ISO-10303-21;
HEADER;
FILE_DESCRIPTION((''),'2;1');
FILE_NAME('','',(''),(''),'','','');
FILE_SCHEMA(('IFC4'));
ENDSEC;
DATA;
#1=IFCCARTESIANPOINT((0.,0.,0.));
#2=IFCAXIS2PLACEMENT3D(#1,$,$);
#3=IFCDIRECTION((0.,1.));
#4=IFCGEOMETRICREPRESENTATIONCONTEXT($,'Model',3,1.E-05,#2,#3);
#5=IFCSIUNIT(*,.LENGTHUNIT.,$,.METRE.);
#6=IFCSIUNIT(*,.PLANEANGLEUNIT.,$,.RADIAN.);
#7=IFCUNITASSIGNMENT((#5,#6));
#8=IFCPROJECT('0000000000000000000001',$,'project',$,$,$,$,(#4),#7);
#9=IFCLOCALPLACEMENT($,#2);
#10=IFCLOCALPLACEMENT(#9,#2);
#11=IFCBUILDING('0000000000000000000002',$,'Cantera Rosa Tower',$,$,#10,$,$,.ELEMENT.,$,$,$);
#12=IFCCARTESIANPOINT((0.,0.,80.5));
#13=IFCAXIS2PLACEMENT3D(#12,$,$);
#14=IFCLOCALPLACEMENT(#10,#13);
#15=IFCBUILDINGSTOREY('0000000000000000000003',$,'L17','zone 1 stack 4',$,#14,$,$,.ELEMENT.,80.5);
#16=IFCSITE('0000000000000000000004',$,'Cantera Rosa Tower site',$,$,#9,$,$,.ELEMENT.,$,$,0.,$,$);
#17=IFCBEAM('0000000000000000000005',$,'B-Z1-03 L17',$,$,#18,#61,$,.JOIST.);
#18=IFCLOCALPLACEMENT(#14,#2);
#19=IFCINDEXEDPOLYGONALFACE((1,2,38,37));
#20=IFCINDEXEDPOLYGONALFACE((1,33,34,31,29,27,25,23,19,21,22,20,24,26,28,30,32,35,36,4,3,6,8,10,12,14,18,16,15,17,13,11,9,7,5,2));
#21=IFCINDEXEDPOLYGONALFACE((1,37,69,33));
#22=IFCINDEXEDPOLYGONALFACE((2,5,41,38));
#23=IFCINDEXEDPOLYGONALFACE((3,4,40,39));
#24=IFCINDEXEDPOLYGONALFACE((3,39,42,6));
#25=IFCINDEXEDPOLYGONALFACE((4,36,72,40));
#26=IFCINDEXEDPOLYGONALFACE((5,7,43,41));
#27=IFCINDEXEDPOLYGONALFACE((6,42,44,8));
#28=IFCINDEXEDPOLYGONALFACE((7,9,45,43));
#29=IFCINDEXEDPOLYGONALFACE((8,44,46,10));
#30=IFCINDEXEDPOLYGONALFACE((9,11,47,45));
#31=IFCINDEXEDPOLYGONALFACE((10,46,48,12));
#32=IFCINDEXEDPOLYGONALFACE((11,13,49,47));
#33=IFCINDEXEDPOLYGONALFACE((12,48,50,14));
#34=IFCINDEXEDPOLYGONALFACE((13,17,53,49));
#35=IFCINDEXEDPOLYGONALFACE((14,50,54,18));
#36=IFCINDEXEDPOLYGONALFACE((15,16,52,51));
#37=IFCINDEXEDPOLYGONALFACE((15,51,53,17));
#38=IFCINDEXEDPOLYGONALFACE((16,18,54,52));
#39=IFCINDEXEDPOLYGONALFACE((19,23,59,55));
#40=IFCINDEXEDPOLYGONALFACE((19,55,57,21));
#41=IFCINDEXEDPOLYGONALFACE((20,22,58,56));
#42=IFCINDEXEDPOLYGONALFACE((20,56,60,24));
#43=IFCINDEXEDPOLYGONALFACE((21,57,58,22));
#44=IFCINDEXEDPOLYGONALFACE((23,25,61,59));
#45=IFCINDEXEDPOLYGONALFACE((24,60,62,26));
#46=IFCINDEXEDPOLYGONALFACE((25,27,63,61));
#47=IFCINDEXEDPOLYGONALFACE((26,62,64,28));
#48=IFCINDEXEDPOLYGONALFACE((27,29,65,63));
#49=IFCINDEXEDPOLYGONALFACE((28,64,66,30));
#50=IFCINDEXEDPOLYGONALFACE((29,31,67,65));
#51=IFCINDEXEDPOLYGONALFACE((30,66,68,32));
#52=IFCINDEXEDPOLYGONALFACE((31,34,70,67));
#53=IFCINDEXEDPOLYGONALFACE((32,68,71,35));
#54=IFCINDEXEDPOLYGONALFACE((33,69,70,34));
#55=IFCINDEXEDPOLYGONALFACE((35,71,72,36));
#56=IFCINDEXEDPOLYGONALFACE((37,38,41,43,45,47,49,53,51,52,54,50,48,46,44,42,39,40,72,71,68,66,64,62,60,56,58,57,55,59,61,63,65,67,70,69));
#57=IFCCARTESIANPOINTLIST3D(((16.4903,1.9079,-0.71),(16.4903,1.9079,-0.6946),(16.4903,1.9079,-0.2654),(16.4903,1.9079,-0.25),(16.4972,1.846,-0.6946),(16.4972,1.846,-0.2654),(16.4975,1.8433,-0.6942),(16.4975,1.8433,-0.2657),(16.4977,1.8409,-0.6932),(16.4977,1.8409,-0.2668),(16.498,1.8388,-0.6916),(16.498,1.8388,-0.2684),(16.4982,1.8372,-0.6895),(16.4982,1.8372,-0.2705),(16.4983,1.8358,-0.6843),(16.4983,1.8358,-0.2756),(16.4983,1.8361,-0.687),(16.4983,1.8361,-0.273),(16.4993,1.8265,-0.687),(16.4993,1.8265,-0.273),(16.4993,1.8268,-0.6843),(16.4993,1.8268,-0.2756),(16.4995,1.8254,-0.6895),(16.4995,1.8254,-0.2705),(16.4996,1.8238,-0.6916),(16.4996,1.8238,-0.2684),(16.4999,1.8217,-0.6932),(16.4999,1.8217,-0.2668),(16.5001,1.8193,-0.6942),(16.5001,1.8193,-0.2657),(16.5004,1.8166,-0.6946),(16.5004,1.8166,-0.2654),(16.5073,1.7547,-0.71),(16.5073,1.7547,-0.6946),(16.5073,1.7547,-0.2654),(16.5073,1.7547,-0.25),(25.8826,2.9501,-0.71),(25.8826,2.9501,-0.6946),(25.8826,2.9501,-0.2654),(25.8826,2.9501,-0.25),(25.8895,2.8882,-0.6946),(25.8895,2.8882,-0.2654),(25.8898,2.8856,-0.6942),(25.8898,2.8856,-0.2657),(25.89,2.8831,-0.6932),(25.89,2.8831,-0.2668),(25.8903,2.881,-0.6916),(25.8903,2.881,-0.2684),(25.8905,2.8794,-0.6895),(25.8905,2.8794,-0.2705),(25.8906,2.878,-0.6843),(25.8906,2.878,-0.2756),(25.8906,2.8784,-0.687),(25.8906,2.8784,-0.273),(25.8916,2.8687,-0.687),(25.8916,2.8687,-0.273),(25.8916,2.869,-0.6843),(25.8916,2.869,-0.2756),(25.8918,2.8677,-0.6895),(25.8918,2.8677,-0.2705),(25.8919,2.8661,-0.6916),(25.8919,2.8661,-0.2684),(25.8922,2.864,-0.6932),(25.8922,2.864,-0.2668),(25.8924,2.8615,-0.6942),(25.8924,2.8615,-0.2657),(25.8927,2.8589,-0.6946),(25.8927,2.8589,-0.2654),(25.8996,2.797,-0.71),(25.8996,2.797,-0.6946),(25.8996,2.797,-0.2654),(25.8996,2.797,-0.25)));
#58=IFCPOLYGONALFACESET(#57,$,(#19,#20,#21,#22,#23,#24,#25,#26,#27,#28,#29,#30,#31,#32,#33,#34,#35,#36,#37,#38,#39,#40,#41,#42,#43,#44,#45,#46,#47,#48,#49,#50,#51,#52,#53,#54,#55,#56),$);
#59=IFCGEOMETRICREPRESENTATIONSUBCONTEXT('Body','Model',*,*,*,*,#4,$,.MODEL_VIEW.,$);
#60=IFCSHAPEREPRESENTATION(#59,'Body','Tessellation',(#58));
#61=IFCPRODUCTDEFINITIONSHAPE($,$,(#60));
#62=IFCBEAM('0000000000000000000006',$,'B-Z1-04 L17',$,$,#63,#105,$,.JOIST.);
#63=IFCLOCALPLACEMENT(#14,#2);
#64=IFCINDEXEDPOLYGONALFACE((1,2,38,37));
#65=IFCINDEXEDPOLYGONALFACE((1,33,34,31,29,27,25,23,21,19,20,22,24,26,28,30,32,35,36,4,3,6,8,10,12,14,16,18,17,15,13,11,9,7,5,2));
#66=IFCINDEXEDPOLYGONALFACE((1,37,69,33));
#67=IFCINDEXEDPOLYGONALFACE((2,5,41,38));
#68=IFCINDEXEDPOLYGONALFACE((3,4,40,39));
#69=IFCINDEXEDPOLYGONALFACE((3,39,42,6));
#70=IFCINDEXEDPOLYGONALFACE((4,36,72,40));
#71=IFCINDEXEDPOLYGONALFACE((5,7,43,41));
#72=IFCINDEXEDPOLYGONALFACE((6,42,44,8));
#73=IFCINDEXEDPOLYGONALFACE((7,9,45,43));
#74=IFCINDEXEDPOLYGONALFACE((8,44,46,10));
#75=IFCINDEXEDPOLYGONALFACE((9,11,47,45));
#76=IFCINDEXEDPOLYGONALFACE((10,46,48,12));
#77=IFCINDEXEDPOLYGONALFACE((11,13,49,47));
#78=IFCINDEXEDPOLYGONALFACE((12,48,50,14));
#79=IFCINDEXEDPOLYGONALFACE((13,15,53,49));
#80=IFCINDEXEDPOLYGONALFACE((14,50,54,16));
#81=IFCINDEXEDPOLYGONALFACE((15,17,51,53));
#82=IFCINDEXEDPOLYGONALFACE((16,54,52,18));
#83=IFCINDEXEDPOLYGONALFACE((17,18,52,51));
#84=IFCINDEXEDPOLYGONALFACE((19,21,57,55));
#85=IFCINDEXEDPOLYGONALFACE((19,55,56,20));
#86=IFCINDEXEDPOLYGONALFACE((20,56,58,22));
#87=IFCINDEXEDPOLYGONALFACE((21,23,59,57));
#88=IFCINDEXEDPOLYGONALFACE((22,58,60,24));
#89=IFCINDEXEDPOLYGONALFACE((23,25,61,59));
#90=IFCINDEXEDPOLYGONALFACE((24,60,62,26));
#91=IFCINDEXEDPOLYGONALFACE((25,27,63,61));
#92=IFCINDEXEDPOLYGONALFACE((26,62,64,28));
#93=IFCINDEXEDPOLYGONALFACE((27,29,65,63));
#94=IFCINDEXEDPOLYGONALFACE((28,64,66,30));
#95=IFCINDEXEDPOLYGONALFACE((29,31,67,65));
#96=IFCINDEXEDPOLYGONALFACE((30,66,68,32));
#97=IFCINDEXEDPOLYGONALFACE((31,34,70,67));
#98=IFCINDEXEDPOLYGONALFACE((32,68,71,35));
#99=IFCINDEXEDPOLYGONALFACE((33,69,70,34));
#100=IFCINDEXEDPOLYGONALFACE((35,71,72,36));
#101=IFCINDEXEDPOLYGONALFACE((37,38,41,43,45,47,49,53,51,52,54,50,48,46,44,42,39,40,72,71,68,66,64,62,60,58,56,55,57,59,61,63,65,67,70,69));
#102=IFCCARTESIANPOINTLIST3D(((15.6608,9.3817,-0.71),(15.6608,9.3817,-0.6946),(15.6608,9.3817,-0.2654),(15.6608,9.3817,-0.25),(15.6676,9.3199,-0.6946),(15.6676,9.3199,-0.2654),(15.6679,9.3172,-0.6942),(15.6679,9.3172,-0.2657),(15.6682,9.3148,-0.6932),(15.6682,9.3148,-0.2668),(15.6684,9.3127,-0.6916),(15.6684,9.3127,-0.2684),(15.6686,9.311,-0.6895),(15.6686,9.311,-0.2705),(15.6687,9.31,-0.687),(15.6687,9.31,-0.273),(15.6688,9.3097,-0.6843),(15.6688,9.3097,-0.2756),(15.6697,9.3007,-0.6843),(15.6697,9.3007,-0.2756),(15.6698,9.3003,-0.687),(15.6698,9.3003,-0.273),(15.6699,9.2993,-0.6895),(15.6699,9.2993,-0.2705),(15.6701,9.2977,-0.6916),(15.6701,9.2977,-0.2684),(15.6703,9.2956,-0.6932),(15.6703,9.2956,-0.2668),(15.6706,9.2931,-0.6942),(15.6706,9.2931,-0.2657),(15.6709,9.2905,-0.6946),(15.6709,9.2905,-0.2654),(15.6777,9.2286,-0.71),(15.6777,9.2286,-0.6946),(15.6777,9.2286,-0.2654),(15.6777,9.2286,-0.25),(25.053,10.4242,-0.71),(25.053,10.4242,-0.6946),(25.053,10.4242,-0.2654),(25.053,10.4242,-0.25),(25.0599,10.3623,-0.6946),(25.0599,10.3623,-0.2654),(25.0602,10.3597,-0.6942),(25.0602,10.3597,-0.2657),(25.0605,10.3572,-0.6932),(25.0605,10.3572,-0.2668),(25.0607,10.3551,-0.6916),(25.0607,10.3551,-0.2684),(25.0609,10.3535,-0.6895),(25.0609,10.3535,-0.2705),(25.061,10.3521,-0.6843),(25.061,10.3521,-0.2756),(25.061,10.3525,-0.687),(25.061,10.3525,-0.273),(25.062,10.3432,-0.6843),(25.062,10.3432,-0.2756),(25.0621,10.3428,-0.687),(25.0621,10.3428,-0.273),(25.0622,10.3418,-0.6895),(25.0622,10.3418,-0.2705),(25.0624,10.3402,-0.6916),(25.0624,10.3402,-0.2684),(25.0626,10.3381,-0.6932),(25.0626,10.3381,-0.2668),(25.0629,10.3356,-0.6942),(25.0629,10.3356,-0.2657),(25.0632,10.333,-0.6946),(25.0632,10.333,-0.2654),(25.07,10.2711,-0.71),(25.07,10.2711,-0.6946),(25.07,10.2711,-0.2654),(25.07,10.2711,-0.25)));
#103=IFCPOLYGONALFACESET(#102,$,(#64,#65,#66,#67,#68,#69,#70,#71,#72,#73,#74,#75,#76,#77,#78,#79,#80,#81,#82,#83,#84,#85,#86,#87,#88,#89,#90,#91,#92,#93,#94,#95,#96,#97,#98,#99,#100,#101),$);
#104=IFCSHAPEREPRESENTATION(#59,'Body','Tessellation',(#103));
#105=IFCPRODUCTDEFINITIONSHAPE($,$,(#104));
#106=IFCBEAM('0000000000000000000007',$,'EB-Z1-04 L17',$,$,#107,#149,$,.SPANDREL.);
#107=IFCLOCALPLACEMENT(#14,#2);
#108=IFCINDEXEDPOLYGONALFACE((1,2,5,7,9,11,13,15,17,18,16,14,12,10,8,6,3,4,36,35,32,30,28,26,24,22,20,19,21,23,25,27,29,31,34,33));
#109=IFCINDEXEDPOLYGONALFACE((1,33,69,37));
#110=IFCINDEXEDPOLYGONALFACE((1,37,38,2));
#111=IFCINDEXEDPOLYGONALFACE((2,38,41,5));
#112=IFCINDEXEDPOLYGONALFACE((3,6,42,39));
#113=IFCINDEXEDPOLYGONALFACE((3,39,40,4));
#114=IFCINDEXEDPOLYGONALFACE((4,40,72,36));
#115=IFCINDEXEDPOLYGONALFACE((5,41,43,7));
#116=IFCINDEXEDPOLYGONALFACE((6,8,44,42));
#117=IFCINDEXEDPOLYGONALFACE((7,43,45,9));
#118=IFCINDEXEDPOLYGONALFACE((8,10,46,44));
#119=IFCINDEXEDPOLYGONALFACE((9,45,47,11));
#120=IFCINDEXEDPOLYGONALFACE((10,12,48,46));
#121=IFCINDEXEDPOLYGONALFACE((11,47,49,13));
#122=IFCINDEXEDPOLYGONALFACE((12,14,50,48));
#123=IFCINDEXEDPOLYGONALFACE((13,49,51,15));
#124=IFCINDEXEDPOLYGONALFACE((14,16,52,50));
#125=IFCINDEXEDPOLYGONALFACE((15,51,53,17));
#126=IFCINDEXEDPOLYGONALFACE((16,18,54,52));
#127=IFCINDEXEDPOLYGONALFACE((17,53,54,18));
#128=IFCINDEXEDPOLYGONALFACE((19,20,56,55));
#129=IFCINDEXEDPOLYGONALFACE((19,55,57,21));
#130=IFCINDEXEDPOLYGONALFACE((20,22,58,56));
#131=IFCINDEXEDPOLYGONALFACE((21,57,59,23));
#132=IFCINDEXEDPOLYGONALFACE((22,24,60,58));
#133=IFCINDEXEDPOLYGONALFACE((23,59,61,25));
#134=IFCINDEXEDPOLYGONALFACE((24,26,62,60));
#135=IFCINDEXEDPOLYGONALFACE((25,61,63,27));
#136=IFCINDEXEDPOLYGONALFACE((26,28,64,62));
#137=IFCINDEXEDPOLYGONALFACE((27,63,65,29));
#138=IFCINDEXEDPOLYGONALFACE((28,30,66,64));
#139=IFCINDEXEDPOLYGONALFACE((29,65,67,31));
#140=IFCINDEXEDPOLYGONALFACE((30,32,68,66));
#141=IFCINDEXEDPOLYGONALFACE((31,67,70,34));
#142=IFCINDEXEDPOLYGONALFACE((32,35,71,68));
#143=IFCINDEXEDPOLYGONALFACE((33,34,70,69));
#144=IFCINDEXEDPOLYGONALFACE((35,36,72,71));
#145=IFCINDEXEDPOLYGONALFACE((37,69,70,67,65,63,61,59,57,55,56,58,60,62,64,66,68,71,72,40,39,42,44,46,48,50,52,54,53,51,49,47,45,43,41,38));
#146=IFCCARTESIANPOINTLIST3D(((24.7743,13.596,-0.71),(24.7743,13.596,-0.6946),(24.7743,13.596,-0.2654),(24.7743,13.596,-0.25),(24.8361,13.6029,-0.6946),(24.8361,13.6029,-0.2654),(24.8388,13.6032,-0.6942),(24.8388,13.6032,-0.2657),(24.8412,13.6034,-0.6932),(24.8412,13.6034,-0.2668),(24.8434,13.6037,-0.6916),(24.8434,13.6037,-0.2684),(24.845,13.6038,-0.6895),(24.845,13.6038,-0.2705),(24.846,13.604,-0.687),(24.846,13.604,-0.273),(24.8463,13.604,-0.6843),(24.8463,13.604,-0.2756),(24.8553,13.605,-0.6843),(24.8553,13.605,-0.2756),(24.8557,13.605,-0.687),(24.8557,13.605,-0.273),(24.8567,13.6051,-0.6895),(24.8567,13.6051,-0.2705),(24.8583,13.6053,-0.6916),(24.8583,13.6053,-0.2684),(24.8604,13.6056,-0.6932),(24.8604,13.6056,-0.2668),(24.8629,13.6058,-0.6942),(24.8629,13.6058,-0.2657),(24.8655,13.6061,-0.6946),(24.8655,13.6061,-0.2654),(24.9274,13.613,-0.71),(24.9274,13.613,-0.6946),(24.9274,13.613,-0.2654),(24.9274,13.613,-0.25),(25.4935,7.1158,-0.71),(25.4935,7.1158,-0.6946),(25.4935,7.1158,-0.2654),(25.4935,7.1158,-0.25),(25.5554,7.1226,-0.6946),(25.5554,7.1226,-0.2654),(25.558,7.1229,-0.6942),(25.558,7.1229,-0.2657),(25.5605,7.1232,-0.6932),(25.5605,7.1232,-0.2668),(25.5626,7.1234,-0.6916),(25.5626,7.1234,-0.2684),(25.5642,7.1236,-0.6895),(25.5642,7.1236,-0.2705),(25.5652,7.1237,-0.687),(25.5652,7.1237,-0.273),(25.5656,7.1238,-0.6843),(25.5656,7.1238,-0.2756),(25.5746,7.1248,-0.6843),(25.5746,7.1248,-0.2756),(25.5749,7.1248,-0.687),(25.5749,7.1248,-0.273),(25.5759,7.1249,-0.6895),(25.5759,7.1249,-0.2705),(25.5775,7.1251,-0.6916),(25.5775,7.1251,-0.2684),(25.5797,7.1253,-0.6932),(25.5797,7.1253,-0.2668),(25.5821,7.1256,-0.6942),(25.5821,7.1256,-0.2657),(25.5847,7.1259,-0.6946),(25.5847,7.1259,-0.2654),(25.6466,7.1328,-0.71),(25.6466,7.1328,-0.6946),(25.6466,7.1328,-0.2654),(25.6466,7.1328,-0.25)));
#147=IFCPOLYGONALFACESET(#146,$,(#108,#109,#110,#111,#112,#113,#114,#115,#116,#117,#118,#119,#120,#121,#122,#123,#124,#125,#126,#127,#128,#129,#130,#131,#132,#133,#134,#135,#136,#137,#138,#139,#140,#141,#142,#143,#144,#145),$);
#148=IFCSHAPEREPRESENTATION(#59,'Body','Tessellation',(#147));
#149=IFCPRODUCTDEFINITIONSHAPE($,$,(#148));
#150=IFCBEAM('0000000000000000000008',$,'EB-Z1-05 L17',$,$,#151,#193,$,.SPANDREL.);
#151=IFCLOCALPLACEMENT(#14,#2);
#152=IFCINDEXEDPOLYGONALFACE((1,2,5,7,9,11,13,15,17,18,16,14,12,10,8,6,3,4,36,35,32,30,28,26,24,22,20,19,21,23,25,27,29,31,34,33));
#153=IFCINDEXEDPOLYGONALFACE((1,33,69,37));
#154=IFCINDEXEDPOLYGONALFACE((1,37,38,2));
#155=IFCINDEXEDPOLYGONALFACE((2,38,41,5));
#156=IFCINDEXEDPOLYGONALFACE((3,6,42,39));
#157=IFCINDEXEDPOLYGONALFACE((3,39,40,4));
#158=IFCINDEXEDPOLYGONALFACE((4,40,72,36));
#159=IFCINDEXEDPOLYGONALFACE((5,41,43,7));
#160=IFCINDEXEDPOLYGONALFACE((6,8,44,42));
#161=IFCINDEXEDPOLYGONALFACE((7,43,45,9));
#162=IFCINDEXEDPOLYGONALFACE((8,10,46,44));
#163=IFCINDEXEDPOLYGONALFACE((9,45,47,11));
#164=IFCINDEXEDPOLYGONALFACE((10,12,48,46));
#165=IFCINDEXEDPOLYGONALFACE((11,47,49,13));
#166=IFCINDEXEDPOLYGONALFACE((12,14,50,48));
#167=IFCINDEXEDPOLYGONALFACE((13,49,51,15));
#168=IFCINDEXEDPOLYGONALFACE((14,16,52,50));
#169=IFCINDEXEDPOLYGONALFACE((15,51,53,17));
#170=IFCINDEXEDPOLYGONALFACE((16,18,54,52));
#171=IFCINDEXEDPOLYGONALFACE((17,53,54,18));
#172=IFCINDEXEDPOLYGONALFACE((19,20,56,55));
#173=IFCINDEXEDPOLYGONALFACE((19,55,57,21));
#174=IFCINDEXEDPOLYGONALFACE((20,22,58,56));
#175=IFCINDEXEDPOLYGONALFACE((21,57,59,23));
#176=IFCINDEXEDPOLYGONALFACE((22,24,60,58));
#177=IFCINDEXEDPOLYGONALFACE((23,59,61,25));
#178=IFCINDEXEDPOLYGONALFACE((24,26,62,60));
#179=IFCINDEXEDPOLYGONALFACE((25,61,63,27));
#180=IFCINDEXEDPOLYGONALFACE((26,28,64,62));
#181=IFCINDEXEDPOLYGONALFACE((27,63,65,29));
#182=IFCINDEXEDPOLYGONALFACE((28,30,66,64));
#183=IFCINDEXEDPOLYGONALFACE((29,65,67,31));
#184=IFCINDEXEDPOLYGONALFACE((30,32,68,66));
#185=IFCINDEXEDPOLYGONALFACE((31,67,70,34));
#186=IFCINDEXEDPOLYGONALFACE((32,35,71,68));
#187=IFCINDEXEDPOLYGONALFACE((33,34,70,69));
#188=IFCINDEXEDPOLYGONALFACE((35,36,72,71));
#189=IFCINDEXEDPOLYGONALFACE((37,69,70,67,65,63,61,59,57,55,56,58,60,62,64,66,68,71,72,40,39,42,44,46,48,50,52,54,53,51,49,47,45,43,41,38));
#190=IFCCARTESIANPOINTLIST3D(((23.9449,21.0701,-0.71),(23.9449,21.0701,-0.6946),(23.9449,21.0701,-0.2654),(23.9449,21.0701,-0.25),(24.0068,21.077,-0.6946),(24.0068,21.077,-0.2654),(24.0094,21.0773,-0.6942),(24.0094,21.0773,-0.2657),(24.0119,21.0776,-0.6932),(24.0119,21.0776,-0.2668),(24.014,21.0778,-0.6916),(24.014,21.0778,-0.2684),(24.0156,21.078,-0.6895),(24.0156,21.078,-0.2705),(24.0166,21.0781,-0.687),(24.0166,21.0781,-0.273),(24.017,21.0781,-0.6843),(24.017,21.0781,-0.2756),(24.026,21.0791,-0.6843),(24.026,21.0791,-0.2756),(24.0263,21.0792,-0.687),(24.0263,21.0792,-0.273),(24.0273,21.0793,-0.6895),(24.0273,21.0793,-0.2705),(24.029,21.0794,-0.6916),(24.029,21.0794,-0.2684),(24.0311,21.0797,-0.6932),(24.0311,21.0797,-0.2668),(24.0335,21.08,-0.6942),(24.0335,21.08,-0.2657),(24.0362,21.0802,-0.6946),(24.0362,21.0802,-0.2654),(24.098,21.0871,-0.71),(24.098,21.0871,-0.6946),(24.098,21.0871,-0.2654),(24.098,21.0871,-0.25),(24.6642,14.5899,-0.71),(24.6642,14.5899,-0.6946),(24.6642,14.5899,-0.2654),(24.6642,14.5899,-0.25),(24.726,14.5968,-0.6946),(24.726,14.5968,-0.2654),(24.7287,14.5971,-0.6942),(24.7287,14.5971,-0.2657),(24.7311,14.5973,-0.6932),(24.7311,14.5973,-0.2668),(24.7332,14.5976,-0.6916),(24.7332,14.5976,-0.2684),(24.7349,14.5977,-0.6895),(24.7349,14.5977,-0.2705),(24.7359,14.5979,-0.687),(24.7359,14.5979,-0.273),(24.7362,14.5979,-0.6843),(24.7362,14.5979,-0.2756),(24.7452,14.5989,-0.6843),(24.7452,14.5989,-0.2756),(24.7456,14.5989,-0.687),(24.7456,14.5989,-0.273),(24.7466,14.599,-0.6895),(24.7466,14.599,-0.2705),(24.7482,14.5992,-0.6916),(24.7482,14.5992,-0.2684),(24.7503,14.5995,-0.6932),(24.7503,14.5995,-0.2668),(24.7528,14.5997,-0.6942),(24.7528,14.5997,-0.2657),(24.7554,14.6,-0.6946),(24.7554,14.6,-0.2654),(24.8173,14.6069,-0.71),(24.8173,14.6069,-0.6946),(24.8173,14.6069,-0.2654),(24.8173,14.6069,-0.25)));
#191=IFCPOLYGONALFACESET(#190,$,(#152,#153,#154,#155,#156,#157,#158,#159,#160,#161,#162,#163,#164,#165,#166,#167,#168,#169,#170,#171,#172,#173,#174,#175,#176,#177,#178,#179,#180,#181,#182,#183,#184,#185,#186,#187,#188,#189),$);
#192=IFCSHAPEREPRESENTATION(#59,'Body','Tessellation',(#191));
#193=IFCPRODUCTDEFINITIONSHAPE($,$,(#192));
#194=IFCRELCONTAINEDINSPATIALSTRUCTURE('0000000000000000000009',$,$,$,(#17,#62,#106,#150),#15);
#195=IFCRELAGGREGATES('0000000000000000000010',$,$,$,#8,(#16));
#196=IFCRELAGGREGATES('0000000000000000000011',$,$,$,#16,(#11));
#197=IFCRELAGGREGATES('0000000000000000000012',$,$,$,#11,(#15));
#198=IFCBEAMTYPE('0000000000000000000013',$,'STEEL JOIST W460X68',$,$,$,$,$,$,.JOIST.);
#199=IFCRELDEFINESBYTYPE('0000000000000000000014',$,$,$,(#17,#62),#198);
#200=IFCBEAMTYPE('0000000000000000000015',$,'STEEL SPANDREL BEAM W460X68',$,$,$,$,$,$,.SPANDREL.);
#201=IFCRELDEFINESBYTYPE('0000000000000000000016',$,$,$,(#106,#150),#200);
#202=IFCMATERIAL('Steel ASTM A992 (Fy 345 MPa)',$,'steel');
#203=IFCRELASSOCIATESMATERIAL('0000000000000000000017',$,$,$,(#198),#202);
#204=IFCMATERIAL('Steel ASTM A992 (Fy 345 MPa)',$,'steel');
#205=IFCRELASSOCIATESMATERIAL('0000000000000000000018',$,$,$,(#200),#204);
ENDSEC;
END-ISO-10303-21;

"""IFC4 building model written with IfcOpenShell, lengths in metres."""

from ifc_helpers import new_model, si_unit, direction, frame, origin, origin_2d, place, context, subcontext, project, spatial, i_section, extrude, material, material_profile, profile_set, type_object, element, save


model = new_model("IFC4")

# Units and contexts
model_context = context("Model", 3, precision=1e-05, world=origin(), true_north=direction((0.0, 1.0)))
body_context = subcontext(model_context, "Body", "Model", "MODEL_VIEW")
ifc_project = project(units=[si_unit("LENGTHUNIT", "METRE"), si_unit("PLANEANGLEUNIT", "RADIAN")], contexts=[model_context])

# Site, building, storey
site_placement = place(None, origin())
site = spatial("IfcSite", under=ifc_project, at=site_placement, Name="Cantera Rosa Tower site", CompositionType="ELEMENT", RefElevation=0.0)
building_placement = place(site_placement, origin())
building = spatial("IfcBuilding", under=site, at=building_placement, Name="Cantera Rosa Tower", CompositionType="ELEMENT")
storey_placement = place(building_placement, frame((0.0, 0.0, 80.5)))
storey = spatial("IfcBuildingStorey", under=building, at=storey_placement, Name="L17", Description="zone 1 stack 4", CompositionType="ELEMENT", Elevation=80.5)

# Beams
ifc_material_1 = material(Name="Steel ASTM A992 (Fy 345 MPa)", Category="steel")
ifc_material_profile_1 = material_profile(ifc_material_1, i_section(OverallWidth=0.1541, OverallDepth=0.46, WebThickness=0.009, FlangeThickness=0.0154, FilletRadius=0.0103, at=origin_2d()), Name="W460X68")
ifc_profile_set_1 = profile_set([ifc_material_profile_1], Name="Steel ASTM A992 (Fy 345 MPa)")
beam_type_1 = type_object("IfcBeamType", Name="STEEL JOIST W460X68", PredefinedType="JOIST", material=ifc_profile_set_1)
for number, where, z_axis, x_axis, name in (
    (1, (25.8911, 2.8735, -0.48), (-0.993899, -0.11029, 0.0), (0.11029, -0.993899, 0.0), "B-Z1-03 L17"),
    (2, (25.0615, 10.3477, -0.48), (-0.993897, -0.110315, 0.0), (0.110315, -0.993897, 0.0), "B-Z1-04 L17"),
):
    element("IfcBeam", number, at=place(storey_placement, frame(where, z_axis=z_axis, x_axis=x_axis)), inside=storey, type_object=beam_type_1, Name=name, PredefinedType="JOIST", context=body_context, shape_type="SweptSolid", body=[
        extrude(i_section(OverallWidth=0.1541, OverallDepth=0.46, WebThickness=0.009, FlangeThickness=0.0154, FilletRadius=0.0103, at=origin_2d()), origin(), (0.0, 0.0, 1.0), 9.45),
    ])
ifc_material_2 = material(Name="Steel ASTM A992 (Fy 345 MPa)", Category="steel")
ifc_material_profile_2 = material_profile(ifc_material_2, i_section(OverallWidth=0.1541, OverallDepth=0.46, WebThickness=0.009, FlangeThickness=0.0154, FilletRadius=0.0103, at=origin_2d()), Name="W460X68")
ifc_profile_set_2 = profile_set([ifc_material_profile_2], Name="Steel ASTM A992 (Fy 345 MPa)")
beam_type_2 = type_object("IfcBeamType", Name="STEEL SPANDREL BEAM W460X68", PredefinedType="SPANDREL", material=ifc_profile_set_2)
for number, where, z_axis, x_axis, name in (
    (3, (25.5701, 7.1243, -0.48), (-0.110312, 0.993897, 0.0), (-0.993897, -0.110312, 0.0), "EB-Z1-04 L17"),
    (4, (24.7407, 14.5984, -0.48), (-0.110312, 0.993897, 0.0), (-0.993897, -0.110312, 0.0), "EB-Z1-05 L17"),
):
    element("IfcBeam", number, at=place(storey_placement, frame(where, z_axis=z_axis, x_axis=x_axis)), inside=storey, type_object=beam_type_2, Name=name, PredefinedType="SPANDREL", context=body_context, shape_type="SweptSolid", body=[
        extrude(i_section(OverallWidth=0.1541, OverallDepth=0.46, WebThickness=0.009, FlangeThickness=0.0154, FilletRadius=0.0103, at=origin_2d()), origin(), (0.0, 0.0, 1.0), 6.52),
    ])

save(model, "model.ifc")
